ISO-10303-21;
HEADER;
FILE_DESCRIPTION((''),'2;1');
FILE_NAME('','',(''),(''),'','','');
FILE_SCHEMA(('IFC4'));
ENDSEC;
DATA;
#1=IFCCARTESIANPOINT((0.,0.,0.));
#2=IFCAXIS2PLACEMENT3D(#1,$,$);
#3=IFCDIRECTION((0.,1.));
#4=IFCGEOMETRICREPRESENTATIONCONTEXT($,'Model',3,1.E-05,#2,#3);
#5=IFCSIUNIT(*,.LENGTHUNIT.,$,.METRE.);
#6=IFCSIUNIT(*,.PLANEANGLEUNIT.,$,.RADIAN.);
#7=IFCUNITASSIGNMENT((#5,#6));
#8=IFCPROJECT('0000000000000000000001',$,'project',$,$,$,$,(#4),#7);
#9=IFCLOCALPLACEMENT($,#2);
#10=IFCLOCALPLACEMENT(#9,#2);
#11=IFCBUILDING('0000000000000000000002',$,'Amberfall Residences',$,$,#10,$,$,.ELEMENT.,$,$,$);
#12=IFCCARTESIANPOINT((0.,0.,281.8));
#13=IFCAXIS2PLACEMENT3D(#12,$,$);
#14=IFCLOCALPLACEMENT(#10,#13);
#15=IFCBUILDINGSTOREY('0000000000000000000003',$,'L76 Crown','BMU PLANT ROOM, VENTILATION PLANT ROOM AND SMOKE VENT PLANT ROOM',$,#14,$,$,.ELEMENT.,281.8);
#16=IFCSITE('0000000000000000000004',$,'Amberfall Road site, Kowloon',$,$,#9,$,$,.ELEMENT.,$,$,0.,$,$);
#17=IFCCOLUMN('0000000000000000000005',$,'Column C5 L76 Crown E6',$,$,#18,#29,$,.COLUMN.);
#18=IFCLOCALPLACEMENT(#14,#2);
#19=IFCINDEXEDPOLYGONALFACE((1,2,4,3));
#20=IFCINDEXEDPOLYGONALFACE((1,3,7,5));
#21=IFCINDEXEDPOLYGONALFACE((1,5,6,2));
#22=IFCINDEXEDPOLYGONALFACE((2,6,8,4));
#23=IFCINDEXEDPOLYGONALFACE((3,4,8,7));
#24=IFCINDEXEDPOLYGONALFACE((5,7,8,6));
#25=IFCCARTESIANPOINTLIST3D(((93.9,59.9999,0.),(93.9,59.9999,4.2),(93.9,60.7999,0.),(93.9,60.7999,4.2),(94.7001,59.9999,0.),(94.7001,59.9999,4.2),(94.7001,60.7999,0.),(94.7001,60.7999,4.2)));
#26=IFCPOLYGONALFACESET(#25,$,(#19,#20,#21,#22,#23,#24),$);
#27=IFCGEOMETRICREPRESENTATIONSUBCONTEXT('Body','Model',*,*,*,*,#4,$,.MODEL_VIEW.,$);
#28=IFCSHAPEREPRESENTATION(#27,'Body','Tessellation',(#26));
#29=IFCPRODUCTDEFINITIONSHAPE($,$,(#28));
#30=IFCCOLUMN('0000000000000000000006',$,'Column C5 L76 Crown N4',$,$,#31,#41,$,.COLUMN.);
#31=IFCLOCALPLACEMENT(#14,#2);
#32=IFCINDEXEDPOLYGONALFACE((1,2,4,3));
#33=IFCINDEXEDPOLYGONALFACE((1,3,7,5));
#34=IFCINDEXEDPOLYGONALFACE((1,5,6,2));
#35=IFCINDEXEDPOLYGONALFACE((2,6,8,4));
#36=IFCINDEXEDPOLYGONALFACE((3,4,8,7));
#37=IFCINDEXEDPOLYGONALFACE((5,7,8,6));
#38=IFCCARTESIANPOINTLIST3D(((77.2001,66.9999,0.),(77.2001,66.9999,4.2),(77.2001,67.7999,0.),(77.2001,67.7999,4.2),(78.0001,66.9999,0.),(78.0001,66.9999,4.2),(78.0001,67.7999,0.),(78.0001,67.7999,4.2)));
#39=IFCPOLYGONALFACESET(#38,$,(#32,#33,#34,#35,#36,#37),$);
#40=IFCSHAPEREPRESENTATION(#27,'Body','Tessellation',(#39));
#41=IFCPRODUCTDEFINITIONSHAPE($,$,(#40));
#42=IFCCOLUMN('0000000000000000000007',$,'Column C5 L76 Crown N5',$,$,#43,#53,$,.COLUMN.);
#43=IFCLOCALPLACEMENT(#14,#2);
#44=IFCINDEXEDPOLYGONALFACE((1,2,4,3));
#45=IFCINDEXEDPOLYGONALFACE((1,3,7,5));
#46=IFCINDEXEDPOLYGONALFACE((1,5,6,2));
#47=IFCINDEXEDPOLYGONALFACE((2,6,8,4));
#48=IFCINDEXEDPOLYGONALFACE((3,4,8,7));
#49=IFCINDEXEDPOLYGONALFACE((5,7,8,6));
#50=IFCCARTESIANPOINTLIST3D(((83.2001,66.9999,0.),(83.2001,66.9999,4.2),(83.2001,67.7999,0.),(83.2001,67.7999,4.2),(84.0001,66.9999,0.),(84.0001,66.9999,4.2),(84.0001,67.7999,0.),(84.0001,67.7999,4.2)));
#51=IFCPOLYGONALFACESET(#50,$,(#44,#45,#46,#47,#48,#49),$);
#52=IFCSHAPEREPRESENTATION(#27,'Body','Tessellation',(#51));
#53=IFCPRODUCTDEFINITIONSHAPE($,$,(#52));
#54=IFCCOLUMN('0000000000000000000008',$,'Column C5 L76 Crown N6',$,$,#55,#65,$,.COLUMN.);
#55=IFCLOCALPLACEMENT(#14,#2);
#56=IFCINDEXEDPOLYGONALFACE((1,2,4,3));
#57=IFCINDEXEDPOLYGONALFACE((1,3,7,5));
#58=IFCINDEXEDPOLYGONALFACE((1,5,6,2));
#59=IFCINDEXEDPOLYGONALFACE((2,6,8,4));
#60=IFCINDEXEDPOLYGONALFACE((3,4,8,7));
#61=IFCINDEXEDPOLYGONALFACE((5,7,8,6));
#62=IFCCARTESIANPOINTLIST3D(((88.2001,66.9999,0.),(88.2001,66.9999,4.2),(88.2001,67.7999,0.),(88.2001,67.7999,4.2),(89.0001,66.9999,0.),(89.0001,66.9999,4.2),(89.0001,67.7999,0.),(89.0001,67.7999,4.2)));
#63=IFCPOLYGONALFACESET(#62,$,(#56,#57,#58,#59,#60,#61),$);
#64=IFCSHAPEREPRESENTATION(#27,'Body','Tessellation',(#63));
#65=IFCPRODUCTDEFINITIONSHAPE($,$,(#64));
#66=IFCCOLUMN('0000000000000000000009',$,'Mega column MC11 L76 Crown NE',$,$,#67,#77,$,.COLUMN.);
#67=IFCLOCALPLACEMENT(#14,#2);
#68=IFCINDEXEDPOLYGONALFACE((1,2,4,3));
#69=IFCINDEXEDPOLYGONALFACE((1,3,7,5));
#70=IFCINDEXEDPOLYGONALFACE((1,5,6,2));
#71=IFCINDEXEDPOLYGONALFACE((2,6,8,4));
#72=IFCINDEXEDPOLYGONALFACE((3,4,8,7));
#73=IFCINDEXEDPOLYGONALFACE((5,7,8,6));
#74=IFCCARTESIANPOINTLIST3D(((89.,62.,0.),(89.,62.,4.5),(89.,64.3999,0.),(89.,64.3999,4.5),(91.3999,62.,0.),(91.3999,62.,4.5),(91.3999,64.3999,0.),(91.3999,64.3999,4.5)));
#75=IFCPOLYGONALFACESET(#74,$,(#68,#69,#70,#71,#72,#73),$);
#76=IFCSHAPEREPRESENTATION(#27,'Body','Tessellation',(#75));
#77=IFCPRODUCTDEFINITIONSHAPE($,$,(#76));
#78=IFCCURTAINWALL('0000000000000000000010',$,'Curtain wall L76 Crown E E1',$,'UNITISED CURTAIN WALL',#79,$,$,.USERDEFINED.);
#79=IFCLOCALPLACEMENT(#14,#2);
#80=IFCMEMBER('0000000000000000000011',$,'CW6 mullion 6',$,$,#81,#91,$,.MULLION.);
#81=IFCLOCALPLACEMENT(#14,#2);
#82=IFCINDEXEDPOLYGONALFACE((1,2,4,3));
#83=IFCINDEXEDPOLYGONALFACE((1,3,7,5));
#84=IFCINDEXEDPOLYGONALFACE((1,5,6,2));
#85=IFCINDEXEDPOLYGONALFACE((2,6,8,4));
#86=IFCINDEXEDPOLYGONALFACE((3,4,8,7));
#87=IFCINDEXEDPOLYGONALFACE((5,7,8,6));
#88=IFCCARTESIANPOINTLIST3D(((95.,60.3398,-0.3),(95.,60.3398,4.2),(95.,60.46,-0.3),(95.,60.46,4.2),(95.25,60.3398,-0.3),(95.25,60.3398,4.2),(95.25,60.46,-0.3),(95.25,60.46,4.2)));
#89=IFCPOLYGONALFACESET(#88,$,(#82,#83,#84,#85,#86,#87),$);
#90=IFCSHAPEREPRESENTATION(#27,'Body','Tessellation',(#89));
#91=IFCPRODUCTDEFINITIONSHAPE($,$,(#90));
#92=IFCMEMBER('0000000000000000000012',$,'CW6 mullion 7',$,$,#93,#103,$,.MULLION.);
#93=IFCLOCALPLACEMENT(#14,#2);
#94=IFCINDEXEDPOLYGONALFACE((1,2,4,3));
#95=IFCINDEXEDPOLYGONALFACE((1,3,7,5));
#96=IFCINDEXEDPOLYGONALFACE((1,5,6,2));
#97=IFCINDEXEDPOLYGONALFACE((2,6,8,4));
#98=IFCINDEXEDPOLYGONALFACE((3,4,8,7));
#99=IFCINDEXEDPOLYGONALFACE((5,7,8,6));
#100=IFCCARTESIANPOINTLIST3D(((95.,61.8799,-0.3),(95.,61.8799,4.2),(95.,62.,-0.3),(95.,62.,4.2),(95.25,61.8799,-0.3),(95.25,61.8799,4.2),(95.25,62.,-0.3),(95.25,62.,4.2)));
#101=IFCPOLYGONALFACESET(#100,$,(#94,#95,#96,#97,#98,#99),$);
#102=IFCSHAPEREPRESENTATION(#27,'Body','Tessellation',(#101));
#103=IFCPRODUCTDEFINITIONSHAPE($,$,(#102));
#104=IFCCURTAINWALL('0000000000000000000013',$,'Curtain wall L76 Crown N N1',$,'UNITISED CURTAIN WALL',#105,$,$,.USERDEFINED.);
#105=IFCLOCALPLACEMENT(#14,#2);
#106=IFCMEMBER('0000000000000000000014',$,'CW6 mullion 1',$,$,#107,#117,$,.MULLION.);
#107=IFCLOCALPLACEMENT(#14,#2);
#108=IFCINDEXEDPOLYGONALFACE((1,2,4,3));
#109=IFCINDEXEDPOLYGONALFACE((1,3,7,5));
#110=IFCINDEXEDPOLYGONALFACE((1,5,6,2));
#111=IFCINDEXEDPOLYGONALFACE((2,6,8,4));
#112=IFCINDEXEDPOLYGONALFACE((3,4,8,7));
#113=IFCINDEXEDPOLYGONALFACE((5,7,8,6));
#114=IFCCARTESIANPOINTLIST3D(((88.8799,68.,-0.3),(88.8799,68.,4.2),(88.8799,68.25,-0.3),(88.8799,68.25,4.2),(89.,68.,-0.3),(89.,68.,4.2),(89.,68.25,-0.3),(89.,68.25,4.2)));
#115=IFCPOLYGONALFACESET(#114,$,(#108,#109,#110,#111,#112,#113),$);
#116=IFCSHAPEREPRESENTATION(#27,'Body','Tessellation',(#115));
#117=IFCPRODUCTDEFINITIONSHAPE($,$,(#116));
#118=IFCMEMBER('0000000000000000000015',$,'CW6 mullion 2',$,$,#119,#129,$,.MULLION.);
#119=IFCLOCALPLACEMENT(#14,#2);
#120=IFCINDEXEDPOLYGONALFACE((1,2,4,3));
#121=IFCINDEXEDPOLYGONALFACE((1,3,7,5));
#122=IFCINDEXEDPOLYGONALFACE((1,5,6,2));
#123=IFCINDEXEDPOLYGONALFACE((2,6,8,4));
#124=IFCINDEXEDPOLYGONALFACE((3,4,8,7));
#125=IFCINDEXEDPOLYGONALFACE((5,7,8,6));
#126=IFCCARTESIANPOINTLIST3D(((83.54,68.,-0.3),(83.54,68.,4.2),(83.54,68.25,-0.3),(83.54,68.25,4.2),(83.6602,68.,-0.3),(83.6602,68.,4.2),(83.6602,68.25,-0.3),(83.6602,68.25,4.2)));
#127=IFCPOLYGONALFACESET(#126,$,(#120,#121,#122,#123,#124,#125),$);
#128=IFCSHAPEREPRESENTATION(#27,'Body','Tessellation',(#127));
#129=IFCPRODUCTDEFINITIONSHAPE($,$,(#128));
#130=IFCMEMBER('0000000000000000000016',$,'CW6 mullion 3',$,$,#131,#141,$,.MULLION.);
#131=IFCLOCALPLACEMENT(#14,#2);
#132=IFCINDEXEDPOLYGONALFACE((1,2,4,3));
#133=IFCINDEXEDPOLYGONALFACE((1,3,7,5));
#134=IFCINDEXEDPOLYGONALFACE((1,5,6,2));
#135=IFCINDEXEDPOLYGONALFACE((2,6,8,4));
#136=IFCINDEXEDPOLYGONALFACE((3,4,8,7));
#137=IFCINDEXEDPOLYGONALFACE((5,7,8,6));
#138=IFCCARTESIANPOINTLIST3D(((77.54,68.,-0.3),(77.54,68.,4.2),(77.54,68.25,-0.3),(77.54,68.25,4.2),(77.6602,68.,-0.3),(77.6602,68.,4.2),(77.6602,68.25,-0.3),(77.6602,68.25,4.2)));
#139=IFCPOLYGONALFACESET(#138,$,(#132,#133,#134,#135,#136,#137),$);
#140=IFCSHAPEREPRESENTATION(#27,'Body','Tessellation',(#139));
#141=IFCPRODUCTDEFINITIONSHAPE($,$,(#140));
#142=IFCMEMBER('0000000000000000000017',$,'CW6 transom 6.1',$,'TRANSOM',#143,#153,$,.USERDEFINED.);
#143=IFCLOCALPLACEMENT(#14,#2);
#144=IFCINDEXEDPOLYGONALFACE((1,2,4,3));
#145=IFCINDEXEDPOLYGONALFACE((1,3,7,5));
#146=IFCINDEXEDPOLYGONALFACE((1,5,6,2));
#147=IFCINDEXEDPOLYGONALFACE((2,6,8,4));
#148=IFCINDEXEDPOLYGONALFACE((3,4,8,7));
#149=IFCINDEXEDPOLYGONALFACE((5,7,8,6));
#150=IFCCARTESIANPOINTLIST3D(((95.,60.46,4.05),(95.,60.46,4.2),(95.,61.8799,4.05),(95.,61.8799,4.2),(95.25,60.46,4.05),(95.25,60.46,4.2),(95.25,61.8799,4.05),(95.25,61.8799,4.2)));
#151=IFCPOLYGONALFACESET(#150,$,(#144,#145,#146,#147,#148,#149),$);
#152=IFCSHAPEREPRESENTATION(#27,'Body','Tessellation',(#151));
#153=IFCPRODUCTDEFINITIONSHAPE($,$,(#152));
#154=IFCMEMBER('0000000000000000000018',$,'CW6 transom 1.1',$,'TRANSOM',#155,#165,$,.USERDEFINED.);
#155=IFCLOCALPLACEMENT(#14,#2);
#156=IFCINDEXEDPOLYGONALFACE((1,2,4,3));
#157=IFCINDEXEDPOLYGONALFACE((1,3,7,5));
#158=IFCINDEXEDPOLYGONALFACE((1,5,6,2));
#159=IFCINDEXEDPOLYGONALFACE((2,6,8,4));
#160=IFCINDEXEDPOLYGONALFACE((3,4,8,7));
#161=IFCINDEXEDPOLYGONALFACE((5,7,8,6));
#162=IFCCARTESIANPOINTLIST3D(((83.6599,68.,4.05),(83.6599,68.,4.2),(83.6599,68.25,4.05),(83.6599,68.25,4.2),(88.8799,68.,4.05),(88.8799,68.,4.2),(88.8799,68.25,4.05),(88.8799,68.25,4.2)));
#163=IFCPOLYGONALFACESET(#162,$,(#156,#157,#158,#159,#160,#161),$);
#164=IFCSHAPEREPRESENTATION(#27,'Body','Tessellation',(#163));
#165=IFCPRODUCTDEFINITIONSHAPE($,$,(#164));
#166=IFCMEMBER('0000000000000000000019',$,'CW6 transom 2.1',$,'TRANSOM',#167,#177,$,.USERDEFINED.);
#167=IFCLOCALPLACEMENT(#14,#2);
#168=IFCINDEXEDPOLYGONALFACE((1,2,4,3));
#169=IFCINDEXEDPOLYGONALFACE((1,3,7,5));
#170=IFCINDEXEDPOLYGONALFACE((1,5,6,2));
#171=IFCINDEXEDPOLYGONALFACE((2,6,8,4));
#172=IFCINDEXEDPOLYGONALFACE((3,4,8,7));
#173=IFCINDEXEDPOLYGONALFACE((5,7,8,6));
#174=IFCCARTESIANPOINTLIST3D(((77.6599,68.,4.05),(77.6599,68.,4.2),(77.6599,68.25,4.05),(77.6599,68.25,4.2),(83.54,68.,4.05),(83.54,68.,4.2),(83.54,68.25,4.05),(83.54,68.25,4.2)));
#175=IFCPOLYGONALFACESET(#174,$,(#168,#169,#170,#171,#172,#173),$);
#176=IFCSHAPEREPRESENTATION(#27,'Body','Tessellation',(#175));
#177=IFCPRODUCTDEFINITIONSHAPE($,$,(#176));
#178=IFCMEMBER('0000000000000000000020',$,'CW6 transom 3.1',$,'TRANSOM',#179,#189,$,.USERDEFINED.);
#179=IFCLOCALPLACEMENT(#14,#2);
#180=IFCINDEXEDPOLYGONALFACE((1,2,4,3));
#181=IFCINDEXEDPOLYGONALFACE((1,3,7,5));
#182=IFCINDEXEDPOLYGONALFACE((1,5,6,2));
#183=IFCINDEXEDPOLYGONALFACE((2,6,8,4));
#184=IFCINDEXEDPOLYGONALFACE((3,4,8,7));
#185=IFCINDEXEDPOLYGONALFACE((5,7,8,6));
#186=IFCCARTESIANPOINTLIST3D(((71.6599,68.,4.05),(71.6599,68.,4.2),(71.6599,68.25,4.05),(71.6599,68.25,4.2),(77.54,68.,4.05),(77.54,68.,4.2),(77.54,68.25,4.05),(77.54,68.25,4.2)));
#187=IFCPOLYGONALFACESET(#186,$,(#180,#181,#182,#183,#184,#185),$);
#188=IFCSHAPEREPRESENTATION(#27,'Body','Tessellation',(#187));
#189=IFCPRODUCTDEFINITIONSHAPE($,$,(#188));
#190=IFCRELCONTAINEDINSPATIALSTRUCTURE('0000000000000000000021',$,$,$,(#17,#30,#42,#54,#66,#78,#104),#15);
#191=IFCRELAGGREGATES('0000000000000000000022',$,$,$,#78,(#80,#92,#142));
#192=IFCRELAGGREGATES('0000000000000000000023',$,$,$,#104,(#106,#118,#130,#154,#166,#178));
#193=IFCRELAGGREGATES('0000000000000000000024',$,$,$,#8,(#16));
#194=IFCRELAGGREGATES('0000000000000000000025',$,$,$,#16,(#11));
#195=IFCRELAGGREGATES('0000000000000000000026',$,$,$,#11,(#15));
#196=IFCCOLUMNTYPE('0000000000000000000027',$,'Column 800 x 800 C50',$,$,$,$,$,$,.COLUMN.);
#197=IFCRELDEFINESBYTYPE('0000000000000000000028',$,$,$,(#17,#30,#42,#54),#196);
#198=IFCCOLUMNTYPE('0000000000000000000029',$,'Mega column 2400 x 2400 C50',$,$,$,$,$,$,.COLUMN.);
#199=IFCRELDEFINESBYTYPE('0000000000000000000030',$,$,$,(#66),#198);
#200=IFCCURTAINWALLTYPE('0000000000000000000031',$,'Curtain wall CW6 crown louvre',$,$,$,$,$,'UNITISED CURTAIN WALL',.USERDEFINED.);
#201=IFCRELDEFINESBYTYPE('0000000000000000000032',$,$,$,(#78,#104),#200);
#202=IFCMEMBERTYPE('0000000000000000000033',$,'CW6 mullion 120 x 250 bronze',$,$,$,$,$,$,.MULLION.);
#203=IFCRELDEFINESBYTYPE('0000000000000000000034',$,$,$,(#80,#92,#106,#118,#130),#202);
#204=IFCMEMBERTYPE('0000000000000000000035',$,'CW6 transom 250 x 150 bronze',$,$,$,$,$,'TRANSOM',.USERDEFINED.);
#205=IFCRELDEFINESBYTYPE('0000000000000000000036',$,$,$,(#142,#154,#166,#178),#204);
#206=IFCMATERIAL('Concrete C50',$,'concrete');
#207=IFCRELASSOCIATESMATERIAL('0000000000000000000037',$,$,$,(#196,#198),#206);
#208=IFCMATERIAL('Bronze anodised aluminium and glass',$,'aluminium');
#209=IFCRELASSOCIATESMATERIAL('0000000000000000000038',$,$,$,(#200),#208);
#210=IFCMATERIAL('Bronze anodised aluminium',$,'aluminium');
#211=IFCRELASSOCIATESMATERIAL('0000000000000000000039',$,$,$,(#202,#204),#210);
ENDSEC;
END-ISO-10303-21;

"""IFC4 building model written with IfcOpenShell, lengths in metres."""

from ifc_helpers import new_model, si_unit, direction, frame, origin, origin_2d, place, context, subcontext, project, spatial, rectangle, extrude, material, material_profile, profile_set, type_object, element, aggregate, save


model = new_model("IFC4")

# Units and contexts
model_context = context("Model", 3, precision=1e-05, world=origin(), true_north=direction((0.0, 1.0)))
body_context = subcontext(model_context, "Body", "Model", "MODEL_VIEW")
ifc_project = project(units=[si_unit("LENGTHUNIT", "METRE"), si_unit("PLANEANGLEUNIT", "RADIAN")], contexts=[model_context])

# Site, building, storey
site_placement = place(None, origin())
site = spatial("IfcSite", under=ifc_project, at=site_placement, Name="Amberfall Road site, Kowloon", CompositionType="ELEMENT", RefElevation=0.0)
building_placement = place(site_placement, origin())
building = spatial("IfcBuilding", under=site, at=building_placement, Name="Amberfall Residences", CompositionType="ELEMENT")
storey_placement = place(building_placement, frame((0.0, 0.0, 281.8)))
storey = spatial("IfcBuildingStorey", under=building, at=storey_placement, Name="L76 Crown", Description="BMU PLANT ROOM, VENTILATION PLANT ROOM AND SMOKE VENT PLANT ROOM", CompositionType="ELEMENT", Elevation=281.8)

# Columns
ifc_material_1 = material(Name="Concrete C50", Category="concrete")
ifc_material_profile_1 = material_profile(ifc_material_1, rectangle(XDim=0.8, YDim=0.8, at=origin_2d()), Name="Column 800 x 800 C50")
ifc_profile_set_1 = profile_set([ifc_material_profile_1], Name="Concrete C50")
column_type_1 = type_object("IfcColumnType", Name="Column 800 x 800 C50", PredefinedType="COLUMN", material=ifc_profile_set_1)
for number, where, z_axis, x_axis, name in (
    (1, (94.3, 60.3999, 0.0), (0.0, 0.0, 1.0), (1.0, 0.0, 0.0), "Column C5 L76 Crown E6"),
    (2, (77.6001, 67.3999, 0.0), (0.0, 0.0, 1.0), (1.0, 0.0, 0.0), "Column C5 L76 Crown N4"),
    (3, (83.6001, 67.3999, 0.0), (0.0, 0.0, 1.0), (1.0, 0.0, 0.0), "Column C5 L76 Crown N5"),
    (4, (88.6001, 67.3999, 0.0), (0.0, 0.0, 1.0), (1.0, 0.0, 0.0), "Column C5 L76 Crown N6"),
):
    element("IfcColumn", number, at=place(storey_placement, frame(where, z_axis=z_axis, x_axis=x_axis)), inside=storey, type_object=column_type_1, Name=name, PredefinedType="COLUMN", context=body_context, shape_type="SweptSolid", body=[
        extrude(rectangle(XDim=0.8, YDim=0.8, at=origin_2d()), origin(), (0.0, 0.0, 1.0), 4.2),
    ])
ifc_material_profile_2 = material_profile(ifc_material_1, rectangle(XDim=2.3999, YDim=2.3999, at=origin_2d()), Name="Mega column 2400 x 2400 C50")
ifc_profile_set_2 = profile_set([ifc_material_profile_2], Name="Concrete C50")
column_type_2 = type_object("IfcColumnType", Name="Mega column 2400 x 2400 C50", PredefinedType="COLUMN", material=ifc_profile_set_2)
column_placement = place(storey_placement, frame((90.2, 63.2, 0.0), z_axis=(0.0, 0.0, 1.0), x_axis=(1.0, 0.0, 0.0)))
element("IfcColumn", 5, at=column_placement, inside=storey, type_object=column_type_2, Name="Mega column MC11 L76 Crown NE", PredefinedType="COLUMN", context=body_context, shape_type="SweptSolid", body=[
    extrude(rectangle(XDim=2.3999, YDim=2.3999, at=origin_2d()), origin(), (0.0, 0.0, 1.0), 4.5),
])

# Curtain walls, members
ifc_material_2 = material(Name="Bronze anodised aluminium and glass", Category="aluminium")
curtain_wall_type = type_object("IfcCurtainWallType", Name="Curtain wall CW6 crown louvre", ElementType="UNITISED CURTAIN WALL", PredefinedType="USERDEFINED", material=ifc_material_2)
curtain_wall_1_placement = place(storey_placement, origin())
curtain_wall_1 = element("IfcCurtainWall", 6, at=curtain_wall_1_placement, inside=storey, type_object=curtain_wall_type, Name="Curtain wall L76 Crown E E1", ObjectType="UNITISED CURTAIN WALL", PredefinedType="USERDEFINED")
ifc_material_3 = material(Name="Bronze anodised aluminium", Category="aluminium")
ifc_material_profile_3 = material_profile(ifc_material_3, rectangle(XDim=0.25, YDim=0.1201, at=origin_2d()), Name="CW6 mullion 120 x 250 bronze")
ifc_profile_set_3 = profile_set([ifc_material_profile_3], Name="Bronze anodised aluminium")
member_type_1 = type_object("IfcMemberType", Name="CW6 mullion 120 x 250 bronze", PredefinedType="MULLION", material=ifc_profile_set_3)
member_1_placement = place(storey_placement, frame((95.125, 60.3999, -0.3), z_axis=(0.0, 0.0, 1.0), x_axis=(-1.0, 0.0, 0.0)))
member_1 = element("IfcMember", 7, at=member_1_placement, type_object=member_type_1, Name="CW6 mullion 6", PredefinedType="MULLION", context=body_context, shape_type="SweptSolid", body=[
    extrude(rectangle(XDim=0.25, YDim=0.1201, at=origin_2d()), origin(), (0.0, 0.0, 1.0), 4.5),
])
member_2_placement = place(storey_placement, frame((95.125, 61.9399, -0.3), z_axis=(0.0, 0.0, 1.0), x_axis=(-1.0, 0.0, 0.0)))
member_2 = element("IfcMember", 8, at=member_2_placement, type_object=member_type_1, Name="CW6 mullion 7", PredefinedType="MULLION", context=body_context, shape_type="SweptSolid", body=[
    extrude(rectangle(XDim=0.25, YDim=0.1201, at=origin_2d()), origin(), (0.0, 0.0, 1.0), 4.5),
])
curtain_wall_2_placement = place(storey_placement, origin())
curtain_wall_2 = element("IfcCurtainWall", 9, at=curtain_wall_2_placement, inside=storey, type_object=curtain_wall_type, Name="Curtain wall L76 Crown N N1", ObjectType="UNITISED CURTAIN WALL", PredefinedType="USERDEFINED")
member_3_placement = place(storey_placement, frame((88.9399, 68.125, -0.3), z_axis=(0.0, 0.0, 1.0), x_axis=(0.0, -1.0, 0.0)))
member_3 = element("IfcMember", 10, at=member_3_placement, type_object=member_type_1, Name="CW6 mullion 1", PredefinedType="MULLION", context=body_context, shape_type="SweptSolid", body=[
    extrude(rectangle(XDim=0.25, YDim=0.1201, at=origin_2d()), origin(), (0.0, 0.0, 1.0), 4.5),
])
member_4_placement = place(storey_placement, frame((83.6001, 68.125, -0.3), z_axis=(0.0, 0.0, 1.0), x_axis=(0.0, -1.0, 0.0)))
member_4 = element("IfcMember", 11, at=member_4_placement, type_object=member_type_1, Name="CW6 mullion 2", PredefinedType="MULLION", context=body_context, shape_type="SweptSolid", body=[
    extrude(rectangle(XDim=0.25, YDim=0.1201, at=origin_2d()), origin(), (0.0, 0.0, 1.0), 4.5),
])
member_5_placement = place(storey_placement, frame((77.6001, 68.125, -0.3), z_axis=(0.0, 0.0, 1.0), x_axis=(0.0, -1.0, 0.0)))
member_5 = element("IfcMember", 12, at=member_5_placement, type_object=member_type_1, Name="CW6 mullion 3", PredefinedType="MULLION", context=body_context, shape_type="SweptSolid", body=[
    extrude(rectangle(XDim=0.25, YDim=0.1201, at=origin_2d()), origin(), (0.0, 0.0, 1.0), 4.5),
])

# Members
ifc_material_profile_4 = material_profile(ifc_material_3, rectangle(XDim=0.25, YDim=0.1499, at=origin_2d()), Name="CW6 transom 250 x 150 bronze")
ifc_profile_set_4 = profile_set([ifc_material_profile_4], Name="Bronze anodised aluminium")
member_type_2 = type_object("IfcMemberType", Name="CW6 transom 250 x 150 bronze", ElementType="TRANSOM", PredefinedType="USERDEFINED", material=ifc_profile_set_4)
member_6_placement = place(storey_placement, frame((95.125, 60.46, 4.125), z_axis=(0.0, 1.0, 0.0), x_axis=(-1.0, 0.0, 0.0)))
member_6 = element("IfcMember", 13, at=member_6_placement, type_object=member_type_2, Name="CW6 transom 6.1", ObjectType="TRANSOM", PredefinedType="USERDEFINED", context=body_context, shape_type="SweptSolid", body=[
    extrude(rectangle(XDim=0.25, YDim=0.1499, at=origin_2d()), origin(), (0.0, 0.0, 1.0), 1.4199),
])
member_7_placement = place(storey_placement, frame((88.8799, 68.125, 4.125), z_axis=(-1.0, 0.0, 0.0), x_axis=(0.0, -1.0, 0.0)))
member_7 = element("IfcMember", 14, at=member_7_placement, type_object=member_type_2, Name="CW6 transom 1.1", ObjectType="TRANSOM", PredefinedType="USERDEFINED", context=body_context, shape_type="SweptSolid", body=[
    extrude(rectangle(XDim=0.25, YDim=0.1499, at=origin_2d()), origin(), (0.0, 0.0, 1.0), 5.22),
])
member_8_placement = place(storey_placement, frame((83.54, 68.125, 4.125), z_axis=(-1.0, 0.0, 0.0), x_axis=(0.0, -1.0, 0.0)))
member_8 = element("IfcMember", 15, at=member_8_placement, type_object=member_type_2, Name="CW6 transom 2.1", ObjectType="TRANSOM", PredefinedType="USERDEFINED", context=body_context, shape_type="SweptSolid", body=[
    extrude(rectangle(XDim=0.25, YDim=0.1499, at=origin_2d()), origin(), (0.0, 0.0, 1.0), 5.8801),
])
member_9_placement = place(storey_placement, frame((77.54, 68.125, 4.125), z_axis=(-1.0, 0.0, 0.0), x_axis=(0.0, -1.0, 0.0)))
member_9 = element("IfcMember", 16, at=member_9_placement, type_object=member_type_2, Name="CW6 transom 3.1", ObjectType="TRANSOM", PredefinedType="USERDEFINED", context=body_context, shape_type="SweptSolid", body=[
    extrude(rectangle(XDim=0.25, YDim=0.1499, at=origin_2d()), origin(), (0.0, 0.0, 1.0), 5.8801),
])

aggregate(curtain_wall_1, [member_1, member_2, member_6])
aggregate(curtain_wall_2, [member_3, member_4, member_5, member_7, member_8, member_9])

save(model, "model.ifc")
